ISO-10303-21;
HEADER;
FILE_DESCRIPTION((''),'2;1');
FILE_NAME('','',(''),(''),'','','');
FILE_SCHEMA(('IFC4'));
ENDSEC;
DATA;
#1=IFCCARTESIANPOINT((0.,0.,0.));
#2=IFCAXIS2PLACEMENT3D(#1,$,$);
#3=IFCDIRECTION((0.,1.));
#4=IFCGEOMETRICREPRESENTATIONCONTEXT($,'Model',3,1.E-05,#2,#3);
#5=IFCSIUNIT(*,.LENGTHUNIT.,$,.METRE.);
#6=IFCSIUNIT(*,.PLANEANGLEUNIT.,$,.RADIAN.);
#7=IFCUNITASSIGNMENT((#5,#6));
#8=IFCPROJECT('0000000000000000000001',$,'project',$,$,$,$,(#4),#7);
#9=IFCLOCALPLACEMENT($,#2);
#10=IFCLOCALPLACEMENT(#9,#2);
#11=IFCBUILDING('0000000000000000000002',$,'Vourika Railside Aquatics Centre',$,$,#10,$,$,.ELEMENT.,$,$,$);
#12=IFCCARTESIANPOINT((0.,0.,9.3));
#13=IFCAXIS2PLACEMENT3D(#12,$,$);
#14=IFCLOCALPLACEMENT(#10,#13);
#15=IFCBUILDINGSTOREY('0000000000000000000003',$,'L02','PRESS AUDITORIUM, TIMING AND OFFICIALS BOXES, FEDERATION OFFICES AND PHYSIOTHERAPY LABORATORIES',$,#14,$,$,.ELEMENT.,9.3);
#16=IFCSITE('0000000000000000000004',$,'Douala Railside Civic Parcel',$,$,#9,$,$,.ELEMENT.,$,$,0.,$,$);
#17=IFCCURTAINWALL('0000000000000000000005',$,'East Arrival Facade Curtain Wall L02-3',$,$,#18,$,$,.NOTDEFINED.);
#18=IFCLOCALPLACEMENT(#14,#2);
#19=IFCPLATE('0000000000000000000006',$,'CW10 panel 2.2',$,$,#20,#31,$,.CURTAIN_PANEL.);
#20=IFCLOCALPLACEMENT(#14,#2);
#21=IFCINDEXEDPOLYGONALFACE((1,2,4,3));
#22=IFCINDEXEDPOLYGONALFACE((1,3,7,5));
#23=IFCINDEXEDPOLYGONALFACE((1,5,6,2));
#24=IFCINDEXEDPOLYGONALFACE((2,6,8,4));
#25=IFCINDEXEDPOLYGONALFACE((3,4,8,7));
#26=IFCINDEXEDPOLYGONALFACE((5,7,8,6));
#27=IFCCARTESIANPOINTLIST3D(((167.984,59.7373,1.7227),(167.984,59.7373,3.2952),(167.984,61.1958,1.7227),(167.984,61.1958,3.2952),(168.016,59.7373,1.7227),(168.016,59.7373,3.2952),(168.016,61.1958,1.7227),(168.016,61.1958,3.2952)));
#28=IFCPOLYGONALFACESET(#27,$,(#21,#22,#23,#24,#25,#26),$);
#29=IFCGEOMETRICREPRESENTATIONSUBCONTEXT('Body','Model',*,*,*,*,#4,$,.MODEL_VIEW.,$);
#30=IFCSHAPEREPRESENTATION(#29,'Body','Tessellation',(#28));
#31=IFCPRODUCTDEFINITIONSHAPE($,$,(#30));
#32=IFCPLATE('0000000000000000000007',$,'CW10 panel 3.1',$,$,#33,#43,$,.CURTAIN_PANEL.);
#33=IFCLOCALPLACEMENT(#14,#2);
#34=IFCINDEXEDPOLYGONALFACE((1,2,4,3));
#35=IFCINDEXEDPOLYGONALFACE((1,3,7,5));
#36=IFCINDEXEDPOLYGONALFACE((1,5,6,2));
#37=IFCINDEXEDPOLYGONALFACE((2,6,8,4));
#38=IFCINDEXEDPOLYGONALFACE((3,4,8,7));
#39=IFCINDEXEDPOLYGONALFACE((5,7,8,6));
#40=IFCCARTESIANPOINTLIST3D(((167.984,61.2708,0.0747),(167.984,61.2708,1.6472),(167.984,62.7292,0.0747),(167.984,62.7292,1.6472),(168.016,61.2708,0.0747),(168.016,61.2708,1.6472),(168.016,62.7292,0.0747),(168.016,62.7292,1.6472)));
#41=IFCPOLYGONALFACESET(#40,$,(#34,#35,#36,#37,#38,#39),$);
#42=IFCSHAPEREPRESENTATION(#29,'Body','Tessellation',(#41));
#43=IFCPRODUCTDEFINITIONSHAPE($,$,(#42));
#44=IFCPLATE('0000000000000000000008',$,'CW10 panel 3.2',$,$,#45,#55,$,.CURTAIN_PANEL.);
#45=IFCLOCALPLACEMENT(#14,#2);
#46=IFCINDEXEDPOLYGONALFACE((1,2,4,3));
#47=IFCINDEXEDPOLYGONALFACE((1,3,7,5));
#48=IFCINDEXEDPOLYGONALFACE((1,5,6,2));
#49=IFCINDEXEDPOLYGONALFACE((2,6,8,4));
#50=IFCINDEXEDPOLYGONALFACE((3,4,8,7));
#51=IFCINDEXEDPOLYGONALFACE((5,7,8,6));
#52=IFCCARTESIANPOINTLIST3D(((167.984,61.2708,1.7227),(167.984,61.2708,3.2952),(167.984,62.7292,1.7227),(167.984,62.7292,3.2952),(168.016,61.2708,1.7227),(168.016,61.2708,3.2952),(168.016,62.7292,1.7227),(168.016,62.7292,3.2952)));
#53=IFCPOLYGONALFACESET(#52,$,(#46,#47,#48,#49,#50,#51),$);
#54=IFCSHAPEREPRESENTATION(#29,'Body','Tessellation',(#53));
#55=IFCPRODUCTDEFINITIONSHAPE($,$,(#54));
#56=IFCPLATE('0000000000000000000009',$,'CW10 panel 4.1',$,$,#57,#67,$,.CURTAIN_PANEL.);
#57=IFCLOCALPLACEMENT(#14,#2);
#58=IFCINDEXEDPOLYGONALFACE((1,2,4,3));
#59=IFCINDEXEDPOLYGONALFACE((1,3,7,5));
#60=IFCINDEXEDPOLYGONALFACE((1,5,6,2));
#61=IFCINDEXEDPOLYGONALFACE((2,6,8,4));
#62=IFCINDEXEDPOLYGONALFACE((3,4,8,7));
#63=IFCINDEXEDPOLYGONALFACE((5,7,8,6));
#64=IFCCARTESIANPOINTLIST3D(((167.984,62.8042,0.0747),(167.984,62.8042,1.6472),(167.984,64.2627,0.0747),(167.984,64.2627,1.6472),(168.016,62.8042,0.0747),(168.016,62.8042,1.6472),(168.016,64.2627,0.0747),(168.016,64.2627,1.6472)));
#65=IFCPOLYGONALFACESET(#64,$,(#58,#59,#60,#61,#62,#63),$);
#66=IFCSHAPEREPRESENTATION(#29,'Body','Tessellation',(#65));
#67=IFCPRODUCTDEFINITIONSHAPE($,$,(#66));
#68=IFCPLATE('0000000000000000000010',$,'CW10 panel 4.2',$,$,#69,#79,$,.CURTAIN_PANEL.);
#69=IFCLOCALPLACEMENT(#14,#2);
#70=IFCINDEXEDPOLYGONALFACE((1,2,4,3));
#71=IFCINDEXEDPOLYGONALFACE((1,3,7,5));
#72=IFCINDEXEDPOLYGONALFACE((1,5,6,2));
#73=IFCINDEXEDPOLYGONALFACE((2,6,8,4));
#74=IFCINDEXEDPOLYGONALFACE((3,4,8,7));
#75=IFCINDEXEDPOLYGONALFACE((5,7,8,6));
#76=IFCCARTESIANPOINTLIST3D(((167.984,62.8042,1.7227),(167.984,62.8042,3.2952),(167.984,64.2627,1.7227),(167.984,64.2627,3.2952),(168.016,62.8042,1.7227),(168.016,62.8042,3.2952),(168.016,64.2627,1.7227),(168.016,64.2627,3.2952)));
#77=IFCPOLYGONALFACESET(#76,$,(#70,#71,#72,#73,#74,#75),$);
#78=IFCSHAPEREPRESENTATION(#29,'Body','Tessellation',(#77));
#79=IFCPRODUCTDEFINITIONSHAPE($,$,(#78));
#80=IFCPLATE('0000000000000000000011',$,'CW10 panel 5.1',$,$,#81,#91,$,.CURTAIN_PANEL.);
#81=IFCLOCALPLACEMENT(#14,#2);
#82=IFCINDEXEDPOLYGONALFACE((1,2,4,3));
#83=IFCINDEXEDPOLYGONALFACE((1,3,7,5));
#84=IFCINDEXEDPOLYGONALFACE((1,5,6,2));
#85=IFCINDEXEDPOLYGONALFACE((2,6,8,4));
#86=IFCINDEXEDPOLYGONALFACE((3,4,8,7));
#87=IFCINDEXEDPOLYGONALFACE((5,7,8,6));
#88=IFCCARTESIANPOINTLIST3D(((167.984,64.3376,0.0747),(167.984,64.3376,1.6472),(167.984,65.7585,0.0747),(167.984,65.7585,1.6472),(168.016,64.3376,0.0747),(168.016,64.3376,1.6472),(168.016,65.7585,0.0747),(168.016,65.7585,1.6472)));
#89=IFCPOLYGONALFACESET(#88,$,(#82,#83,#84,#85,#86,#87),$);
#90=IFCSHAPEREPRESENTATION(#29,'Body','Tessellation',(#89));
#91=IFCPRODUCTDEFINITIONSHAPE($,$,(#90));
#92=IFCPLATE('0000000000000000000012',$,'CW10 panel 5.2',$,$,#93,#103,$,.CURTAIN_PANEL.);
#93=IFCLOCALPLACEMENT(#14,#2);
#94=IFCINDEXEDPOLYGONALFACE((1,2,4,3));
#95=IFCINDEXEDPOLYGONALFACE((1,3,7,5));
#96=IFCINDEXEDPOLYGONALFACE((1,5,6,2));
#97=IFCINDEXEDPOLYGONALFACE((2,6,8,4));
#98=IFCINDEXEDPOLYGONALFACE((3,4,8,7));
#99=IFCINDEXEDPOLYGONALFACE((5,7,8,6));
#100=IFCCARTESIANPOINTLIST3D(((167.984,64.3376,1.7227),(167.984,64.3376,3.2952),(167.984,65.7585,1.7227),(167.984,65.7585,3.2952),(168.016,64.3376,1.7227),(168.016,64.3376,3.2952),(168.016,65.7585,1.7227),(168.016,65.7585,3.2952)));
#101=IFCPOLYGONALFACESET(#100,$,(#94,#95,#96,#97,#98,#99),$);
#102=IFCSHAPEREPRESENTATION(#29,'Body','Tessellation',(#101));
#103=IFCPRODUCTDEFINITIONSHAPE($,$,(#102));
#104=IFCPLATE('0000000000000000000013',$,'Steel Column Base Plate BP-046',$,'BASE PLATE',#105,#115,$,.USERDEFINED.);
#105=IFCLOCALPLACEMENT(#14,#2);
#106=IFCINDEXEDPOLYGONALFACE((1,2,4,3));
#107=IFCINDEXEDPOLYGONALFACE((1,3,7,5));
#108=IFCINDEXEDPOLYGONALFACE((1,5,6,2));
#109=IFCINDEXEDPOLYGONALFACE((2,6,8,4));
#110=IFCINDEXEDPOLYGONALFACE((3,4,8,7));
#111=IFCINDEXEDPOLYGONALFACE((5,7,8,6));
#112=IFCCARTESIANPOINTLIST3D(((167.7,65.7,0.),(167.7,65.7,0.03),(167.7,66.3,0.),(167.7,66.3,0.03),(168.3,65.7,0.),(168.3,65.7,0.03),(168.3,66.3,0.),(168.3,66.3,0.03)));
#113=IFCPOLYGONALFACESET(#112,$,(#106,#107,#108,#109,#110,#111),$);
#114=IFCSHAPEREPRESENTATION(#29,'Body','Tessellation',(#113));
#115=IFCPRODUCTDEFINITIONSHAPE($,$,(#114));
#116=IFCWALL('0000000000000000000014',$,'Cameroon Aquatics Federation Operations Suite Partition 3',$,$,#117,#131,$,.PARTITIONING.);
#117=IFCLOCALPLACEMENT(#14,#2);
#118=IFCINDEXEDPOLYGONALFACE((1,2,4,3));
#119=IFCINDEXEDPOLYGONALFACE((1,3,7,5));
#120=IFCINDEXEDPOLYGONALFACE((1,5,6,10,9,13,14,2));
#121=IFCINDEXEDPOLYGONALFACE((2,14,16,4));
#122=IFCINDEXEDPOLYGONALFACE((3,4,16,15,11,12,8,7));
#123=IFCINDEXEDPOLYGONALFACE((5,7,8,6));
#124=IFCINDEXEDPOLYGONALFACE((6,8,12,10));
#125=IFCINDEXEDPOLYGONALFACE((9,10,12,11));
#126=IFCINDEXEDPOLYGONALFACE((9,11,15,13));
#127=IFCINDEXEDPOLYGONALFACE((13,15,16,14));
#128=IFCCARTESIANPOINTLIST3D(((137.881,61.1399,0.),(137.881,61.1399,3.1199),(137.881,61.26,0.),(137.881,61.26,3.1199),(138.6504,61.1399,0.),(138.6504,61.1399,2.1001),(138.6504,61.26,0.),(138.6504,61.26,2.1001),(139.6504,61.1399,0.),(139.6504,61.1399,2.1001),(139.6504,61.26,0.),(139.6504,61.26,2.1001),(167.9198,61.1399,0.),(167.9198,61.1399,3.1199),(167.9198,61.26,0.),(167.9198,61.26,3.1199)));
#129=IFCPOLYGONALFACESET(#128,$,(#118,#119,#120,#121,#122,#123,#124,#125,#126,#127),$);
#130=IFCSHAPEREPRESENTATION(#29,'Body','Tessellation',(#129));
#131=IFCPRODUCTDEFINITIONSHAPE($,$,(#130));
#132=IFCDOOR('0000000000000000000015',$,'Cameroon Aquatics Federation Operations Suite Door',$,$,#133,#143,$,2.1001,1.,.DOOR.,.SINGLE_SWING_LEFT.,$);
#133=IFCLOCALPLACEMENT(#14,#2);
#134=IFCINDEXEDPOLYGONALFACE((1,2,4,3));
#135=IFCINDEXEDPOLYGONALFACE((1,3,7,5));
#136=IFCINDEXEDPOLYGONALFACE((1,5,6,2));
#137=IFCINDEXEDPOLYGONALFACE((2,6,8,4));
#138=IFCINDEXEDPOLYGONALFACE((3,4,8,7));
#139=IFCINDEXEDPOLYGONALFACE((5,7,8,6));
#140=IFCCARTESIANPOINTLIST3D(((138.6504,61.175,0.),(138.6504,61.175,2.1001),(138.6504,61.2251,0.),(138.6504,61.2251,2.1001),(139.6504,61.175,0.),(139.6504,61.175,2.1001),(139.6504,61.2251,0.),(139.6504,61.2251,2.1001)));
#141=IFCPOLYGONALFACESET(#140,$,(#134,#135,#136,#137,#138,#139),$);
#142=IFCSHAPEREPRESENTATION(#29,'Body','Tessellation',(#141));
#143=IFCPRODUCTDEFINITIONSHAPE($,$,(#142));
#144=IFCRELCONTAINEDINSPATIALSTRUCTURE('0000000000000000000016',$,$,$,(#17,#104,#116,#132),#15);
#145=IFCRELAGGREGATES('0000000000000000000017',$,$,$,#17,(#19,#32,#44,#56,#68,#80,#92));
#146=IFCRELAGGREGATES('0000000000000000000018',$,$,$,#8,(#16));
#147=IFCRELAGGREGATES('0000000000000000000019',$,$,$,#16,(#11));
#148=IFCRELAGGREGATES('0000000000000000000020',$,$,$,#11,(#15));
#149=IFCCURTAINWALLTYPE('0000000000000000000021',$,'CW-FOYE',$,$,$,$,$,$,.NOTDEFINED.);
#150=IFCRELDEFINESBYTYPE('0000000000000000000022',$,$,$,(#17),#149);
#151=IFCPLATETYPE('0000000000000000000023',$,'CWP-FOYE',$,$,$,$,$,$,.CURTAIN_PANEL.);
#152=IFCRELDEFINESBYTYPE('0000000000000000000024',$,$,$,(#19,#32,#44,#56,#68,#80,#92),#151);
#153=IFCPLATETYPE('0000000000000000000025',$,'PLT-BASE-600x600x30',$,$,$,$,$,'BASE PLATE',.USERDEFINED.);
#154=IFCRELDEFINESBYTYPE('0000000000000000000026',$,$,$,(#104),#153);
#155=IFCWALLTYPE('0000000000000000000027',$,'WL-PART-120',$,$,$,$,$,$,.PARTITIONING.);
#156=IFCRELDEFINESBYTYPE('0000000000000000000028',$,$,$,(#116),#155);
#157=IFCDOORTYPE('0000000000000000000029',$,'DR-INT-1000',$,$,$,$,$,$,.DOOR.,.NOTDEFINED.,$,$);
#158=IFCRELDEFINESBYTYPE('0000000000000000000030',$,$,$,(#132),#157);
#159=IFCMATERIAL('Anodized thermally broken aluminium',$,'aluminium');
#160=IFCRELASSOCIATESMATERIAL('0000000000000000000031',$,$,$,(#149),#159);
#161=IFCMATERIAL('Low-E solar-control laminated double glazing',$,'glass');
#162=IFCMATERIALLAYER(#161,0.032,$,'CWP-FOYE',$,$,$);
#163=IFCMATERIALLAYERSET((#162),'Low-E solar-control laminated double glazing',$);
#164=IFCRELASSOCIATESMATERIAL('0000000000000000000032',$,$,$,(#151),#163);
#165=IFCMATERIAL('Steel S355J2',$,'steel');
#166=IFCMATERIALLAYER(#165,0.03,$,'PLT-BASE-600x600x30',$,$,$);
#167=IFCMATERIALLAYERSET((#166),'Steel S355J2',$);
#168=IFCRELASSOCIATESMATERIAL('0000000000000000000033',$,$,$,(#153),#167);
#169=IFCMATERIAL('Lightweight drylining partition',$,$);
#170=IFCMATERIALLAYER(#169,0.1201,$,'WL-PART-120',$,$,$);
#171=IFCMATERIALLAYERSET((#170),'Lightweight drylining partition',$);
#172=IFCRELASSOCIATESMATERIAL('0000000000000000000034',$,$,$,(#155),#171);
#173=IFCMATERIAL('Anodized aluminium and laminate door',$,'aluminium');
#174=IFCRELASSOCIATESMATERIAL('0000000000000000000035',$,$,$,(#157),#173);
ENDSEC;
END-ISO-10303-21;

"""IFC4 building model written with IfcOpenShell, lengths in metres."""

from ifc_helpers import new_model, si_unit, direction, frame, frame_2d, origin, origin_2d, place, context, subcontext, project, spatial, rectangle, extrude, material, layer, layer_set, type_object, element, fill, aggregate, save


model = new_model("IFC4")

# Units and contexts
model_context = context("Model", 3, precision=1e-05, world=origin(), true_north=direction((0.0, 1.0)))
body_context = subcontext(model_context, "Body", "Model", "MODEL_VIEW")
ifc_project = project(units=[si_unit("LENGTHUNIT", "METRE"), si_unit("PLANEANGLEUNIT", "RADIAN")], contexts=[model_context])

# Site, building, storey
site_placement = place(None, origin())
site = spatial("IfcSite", under=ifc_project, at=site_placement, Name="Douala Railside Civic Parcel", CompositionType="ELEMENT", RefElevation=0.0)
building_placement = place(site_placement, origin())
building = spatial("IfcBuilding", under=site, at=building_placement, Name="Vourika Railside Aquatics Centre", CompositionType="ELEMENT")
storey_placement = place(building_placement, frame((0.0, 0.0, 9.3)))
storey = spatial("IfcBuildingStorey", under=building, at=storey_placement, Name="L02", Description="PRESS AUDITORIUM, TIMING AND OFFICIALS BOXES, FEDERATION OFFICES AND PHYSIOTHERAPY LABORATORIES", CompositionType="ELEMENT", Elevation=9.3)

# Shared definitions
ifc_material_1 = material(Name="Steel S355J2", Category="steel")

# Curtain wall
ifc_material_2 = material(Name="Anodized thermally broken aluminium", Category="aluminium")
curtain_wall_type = type_object("IfcCurtainWallType", Name="CW-FOYE", PredefinedType="NOTDEFINED", material=ifc_material_2)
curtain_wall_1_placement = place(storey_placement, origin())
curtain_wall_1 = element("IfcCurtainWall", 1, at=curtain_wall_1_placement, inside=storey, type_object=curtain_wall_type, Name="East Arrival Facade Curtain Wall L02-3", PredefinedType="NOTDEFINED")

# Plates
ifc_material_3 = material(Name="Low-E solar-control laminated double glazing", Category="glass")
ifc_layer_1 = layer(ifc_material_3, 0.032, Name="CWP-FOYE")
ifc_layer_set_1 = layer_set([ifc_layer_1], Name="Low-E solar-control laminated double glazing")
plate_type_1 = type_object("IfcPlateType", Name="CWP-FOYE", PredefinedType="CURTAIN_PANEL", material=ifc_layer_set_1)
plate_1_placement = place(storey_placement, frame((168.0, 60.4666, 1.7227), z_axis=(0.0, 0.0, 1.0), x_axis=(0.0, 1.0, 0.0)))
plate_1 = element("IfcPlate", 2, at=plate_1_placement, type_object=plate_type_1, Name="CW10 panel 2.2", PredefinedType="CURTAIN_PANEL", context=body_context, shape_type="SweptSolid", body=[
    extrude(rectangle(XDim=1.4585, YDim=0.032, at=origin_2d()), origin(), (0.0, 0.0, 1.0), 1.5725),
])
plate_2_placement = place(storey_placement, frame((168.0, 62.0, 0.0747), z_axis=(0.0, 0.0, 1.0), x_axis=(0.0, 1.0, 0.0)))
plate_2 = element("IfcPlate", 3, at=plate_2_placement, type_object=plate_type_1, Name="CW10 panel 3.1", PredefinedType="CURTAIN_PANEL", context=body_context, shape_type="SweptSolid", body=[
    extrude(rectangle(XDim=1.4585, YDim=0.032, at=origin_2d()), origin(), (0.0, 0.0, 1.0), 1.5725),
])
plate_3_placement = place(storey_placement, frame((168.0, 62.0, 1.7227), z_axis=(0.0, 0.0, 1.0), x_axis=(0.0, 1.0, 0.0)))
plate_3 = element("IfcPlate", 4, at=plate_3_placement, type_object=plate_type_1, Name="CW10 panel 3.2", PredefinedType="CURTAIN_PANEL", context=body_context, shape_type="SweptSolid", body=[
    extrude(rectangle(XDim=1.4585, YDim=0.032, at=origin_2d()), origin(), (0.0, 0.0, 1.0), 1.5725),
])
plate_4_placement = place(storey_placement, frame((168.0, 63.5334, 0.0747), z_axis=(0.0, 0.0, 1.0), x_axis=(0.0, 1.0, 0.0)))
plate_4 = element("IfcPlate", 5, at=plate_4_placement, type_object=plate_type_1, Name="CW10 panel 4.1", PredefinedType="CURTAIN_PANEL", context=body_context, shape_type="SweptSolid", body=[
    extrude(rectangle(XDim=1.4585, YDim=0.032, at=origin_2d()), origin(), (0.0, 0.0, 1.0), 1.5725),
])
plate_5_placement = place(storey_placement, frame((168.0, 63.5334, 1.7227), z_axis=(0.0, 0.0, 1.0), x_axis=(0.0, 1.0, 0.0)))
plate_5 = element("IfcPlate", 6, at=plate_5_placement, type_object=plate_type_1, Name="CW10 panel 4.2", PredefinedType="CURTAIN_PANEL", context=body_context, shape_type="SweptSolid", body=[
    extrude(rectangle(XDim=1.4585, YDim=0.032, at=origin_2d()), origin(), (0.0, 0.0, 1.0), 1.5725),
])
plate_6_placement = place(storey_placement, frame((168.0, 65.0481, 0.0747), z_axis=(0.0, 0.0, 1.0), x_axis=(0.0, 1.0, 0.0)))
plate_6 = element("IfcPlate", 7, at=plate_6_placement, type_object=plate_type_1, Name="CW10 panel 5.1", PredefinedType="CURTAIN_PANEL", context=body_context, shape_type="SweptSolid", body=[
    extrude(rectangle(XDim=1.4209, YDim=0.032, at=origin_2d()), origin(), (0.0, 0.0, 1.0), 1.5725),
])
plate_7_placement = place(storey_placement, frame((168.0, 65.0481, 1.7227), z_axis=(0.0, 0.0, 1.0), x_axis=(0.0, 1.0, 0.0)))
plate_7 = element("IfcPlate", 8, at=plate_7_placement, type_object=plate_type_1, Name="CW10 panel 5.2", PredefinedType="CURTAIN_PANEL", context=body_context, shape_type="SweptSolid", body=[
    extrude(rectangle(XDim=1.4209, YDim=0.032, at=origin_2d()), origin(), (0.0, 0.0, 1.0), 1.5725),
])
aggregate(curtain_wall_1, [plate_1, plate_2, plate_3, plate_4, plate_5, plate_6, plate_7])
ifc_layer_2 = layer(ifc_material_1, 0.03, Name="PLT-BASE-600x600x30")
ifc_layer_set_2 = layer_set([ifc_layer_2], Name="Steel S355J2")
plate_type_2 = type_object("IfcPlateType", Name="PLT-BASE-600x600x30", ElementType="BASE PLATE", PredefinedType="USERDEFINED", material=ifc_layer_set_2)
plate_8_placement = place(storey_placement, frame((168.0, 66.0, 0.0), z_axis=(0.0, 0.0, 1.0), x_axis=(1.0, 0.0, 0.0)))
element("IfcPlate", 9, at=plate_8_placement, inside=storey, type_object=plate_type_2, Name="Steel Column Base Plate BP-046", ObjectType="BASE PLATE", PredefinedType="USERDEFINED", context=body_context, shape_type="SweptSolid", body=[
    extrude(rectangle(XDim=0.6001, YDim=0.6001, at=origin_2d()), origin(), (0.0, 0.0, 1.0), 0.03),
])

# Wall, opening, door
ifc_material_4 = material(Name="Lightweight drylining partition")
ifc_layer_3 = layer(ifc_material_4, 0.1201, Name="WL-PART-120")
ifc_layer_set_3 = layer_set([ifc_layer_3], Name="Lightweight drylining partition")
wall_type = type_object("IfcWallType", Name="WL-PART-120", PredefinedType="PARTITIONING", material=ifc_layer_set_3)
wall_placement = place(storey_placement, frame((167.9199, 61.2, 0.0), z_axis=(0.0, 0.0, 1.0), x_axis=(-1.0, 0.0, 0.0)))
wall = element("IfcWall", 10, at=wall_placement, inside=storey, type_object=wall_type, Name="Cameroon Aquatics Federation Operations Suite Partition 3", PredefinedType="PARTITIONING", context=body_context, shape_type="SweptSolid", body=[
    extrude(rectangle(XDim=30.0388, YDim=0.1201, at=frame_2d((15.0195, 0.0))), origin(), (0.0, 0.0, 1.0), 3.1199),
])
opening_placement = place(wall_placement, frame((28.2695, 0.0, 0.0)))
opening = element("IfcOpeningElement", 11, at=opening_placement, cuts=wall, PredefinedType="OPENING", context=body_context, shape_type="SweptSolid", body=[
    extrude(rectangle(XDim=1.0, YDim=2.1001, at=frame_2d((0.5, 1.05))), frame((0.0, 0.0701, 0.0), z_axis=(0.0, -1.0, 0.0), x_axis=(1.0, 0.0, 0.0)), (0.0, 0.0, 1.0), 0.1401),
])
ifc_material_5 = material(Name="Anodized aluminium and laminate door", Category="aluminium")
door_type = type_object("IfcDoorType", Name="DR-INT-1000", OperationType="NOTDEFINED", PredefinedType="DOOR", material=ifc_material_5)
door_placement = place(opening_placement, origin())
door = element("IfcDoor", 12, at=door_placement, inside=storey, type_object=door_type, Name="Cameroon Aquatics Federation Operations Suite Door", OperationType="SINGLE_SWING_LEFT", OverallHeight=2.1001, OverallWidth=1.0, PredefinedType="DOOR", context=body_context, shape_type="SweptSolid", body=[
    extrude(rectangle(XDim=1.0, YDim=2.1001, at=frame_2d((0.5, 1.05))), frame((0.0, 0.0249, 0.0), z_axis=(0.0, -1.0, 0.0), x_axis=(1.0, 0.0, 0.0)), (0.0, 0.0, 1.0), 0.05),
])
fill(opening, door)

save(model, "model.ifc")
